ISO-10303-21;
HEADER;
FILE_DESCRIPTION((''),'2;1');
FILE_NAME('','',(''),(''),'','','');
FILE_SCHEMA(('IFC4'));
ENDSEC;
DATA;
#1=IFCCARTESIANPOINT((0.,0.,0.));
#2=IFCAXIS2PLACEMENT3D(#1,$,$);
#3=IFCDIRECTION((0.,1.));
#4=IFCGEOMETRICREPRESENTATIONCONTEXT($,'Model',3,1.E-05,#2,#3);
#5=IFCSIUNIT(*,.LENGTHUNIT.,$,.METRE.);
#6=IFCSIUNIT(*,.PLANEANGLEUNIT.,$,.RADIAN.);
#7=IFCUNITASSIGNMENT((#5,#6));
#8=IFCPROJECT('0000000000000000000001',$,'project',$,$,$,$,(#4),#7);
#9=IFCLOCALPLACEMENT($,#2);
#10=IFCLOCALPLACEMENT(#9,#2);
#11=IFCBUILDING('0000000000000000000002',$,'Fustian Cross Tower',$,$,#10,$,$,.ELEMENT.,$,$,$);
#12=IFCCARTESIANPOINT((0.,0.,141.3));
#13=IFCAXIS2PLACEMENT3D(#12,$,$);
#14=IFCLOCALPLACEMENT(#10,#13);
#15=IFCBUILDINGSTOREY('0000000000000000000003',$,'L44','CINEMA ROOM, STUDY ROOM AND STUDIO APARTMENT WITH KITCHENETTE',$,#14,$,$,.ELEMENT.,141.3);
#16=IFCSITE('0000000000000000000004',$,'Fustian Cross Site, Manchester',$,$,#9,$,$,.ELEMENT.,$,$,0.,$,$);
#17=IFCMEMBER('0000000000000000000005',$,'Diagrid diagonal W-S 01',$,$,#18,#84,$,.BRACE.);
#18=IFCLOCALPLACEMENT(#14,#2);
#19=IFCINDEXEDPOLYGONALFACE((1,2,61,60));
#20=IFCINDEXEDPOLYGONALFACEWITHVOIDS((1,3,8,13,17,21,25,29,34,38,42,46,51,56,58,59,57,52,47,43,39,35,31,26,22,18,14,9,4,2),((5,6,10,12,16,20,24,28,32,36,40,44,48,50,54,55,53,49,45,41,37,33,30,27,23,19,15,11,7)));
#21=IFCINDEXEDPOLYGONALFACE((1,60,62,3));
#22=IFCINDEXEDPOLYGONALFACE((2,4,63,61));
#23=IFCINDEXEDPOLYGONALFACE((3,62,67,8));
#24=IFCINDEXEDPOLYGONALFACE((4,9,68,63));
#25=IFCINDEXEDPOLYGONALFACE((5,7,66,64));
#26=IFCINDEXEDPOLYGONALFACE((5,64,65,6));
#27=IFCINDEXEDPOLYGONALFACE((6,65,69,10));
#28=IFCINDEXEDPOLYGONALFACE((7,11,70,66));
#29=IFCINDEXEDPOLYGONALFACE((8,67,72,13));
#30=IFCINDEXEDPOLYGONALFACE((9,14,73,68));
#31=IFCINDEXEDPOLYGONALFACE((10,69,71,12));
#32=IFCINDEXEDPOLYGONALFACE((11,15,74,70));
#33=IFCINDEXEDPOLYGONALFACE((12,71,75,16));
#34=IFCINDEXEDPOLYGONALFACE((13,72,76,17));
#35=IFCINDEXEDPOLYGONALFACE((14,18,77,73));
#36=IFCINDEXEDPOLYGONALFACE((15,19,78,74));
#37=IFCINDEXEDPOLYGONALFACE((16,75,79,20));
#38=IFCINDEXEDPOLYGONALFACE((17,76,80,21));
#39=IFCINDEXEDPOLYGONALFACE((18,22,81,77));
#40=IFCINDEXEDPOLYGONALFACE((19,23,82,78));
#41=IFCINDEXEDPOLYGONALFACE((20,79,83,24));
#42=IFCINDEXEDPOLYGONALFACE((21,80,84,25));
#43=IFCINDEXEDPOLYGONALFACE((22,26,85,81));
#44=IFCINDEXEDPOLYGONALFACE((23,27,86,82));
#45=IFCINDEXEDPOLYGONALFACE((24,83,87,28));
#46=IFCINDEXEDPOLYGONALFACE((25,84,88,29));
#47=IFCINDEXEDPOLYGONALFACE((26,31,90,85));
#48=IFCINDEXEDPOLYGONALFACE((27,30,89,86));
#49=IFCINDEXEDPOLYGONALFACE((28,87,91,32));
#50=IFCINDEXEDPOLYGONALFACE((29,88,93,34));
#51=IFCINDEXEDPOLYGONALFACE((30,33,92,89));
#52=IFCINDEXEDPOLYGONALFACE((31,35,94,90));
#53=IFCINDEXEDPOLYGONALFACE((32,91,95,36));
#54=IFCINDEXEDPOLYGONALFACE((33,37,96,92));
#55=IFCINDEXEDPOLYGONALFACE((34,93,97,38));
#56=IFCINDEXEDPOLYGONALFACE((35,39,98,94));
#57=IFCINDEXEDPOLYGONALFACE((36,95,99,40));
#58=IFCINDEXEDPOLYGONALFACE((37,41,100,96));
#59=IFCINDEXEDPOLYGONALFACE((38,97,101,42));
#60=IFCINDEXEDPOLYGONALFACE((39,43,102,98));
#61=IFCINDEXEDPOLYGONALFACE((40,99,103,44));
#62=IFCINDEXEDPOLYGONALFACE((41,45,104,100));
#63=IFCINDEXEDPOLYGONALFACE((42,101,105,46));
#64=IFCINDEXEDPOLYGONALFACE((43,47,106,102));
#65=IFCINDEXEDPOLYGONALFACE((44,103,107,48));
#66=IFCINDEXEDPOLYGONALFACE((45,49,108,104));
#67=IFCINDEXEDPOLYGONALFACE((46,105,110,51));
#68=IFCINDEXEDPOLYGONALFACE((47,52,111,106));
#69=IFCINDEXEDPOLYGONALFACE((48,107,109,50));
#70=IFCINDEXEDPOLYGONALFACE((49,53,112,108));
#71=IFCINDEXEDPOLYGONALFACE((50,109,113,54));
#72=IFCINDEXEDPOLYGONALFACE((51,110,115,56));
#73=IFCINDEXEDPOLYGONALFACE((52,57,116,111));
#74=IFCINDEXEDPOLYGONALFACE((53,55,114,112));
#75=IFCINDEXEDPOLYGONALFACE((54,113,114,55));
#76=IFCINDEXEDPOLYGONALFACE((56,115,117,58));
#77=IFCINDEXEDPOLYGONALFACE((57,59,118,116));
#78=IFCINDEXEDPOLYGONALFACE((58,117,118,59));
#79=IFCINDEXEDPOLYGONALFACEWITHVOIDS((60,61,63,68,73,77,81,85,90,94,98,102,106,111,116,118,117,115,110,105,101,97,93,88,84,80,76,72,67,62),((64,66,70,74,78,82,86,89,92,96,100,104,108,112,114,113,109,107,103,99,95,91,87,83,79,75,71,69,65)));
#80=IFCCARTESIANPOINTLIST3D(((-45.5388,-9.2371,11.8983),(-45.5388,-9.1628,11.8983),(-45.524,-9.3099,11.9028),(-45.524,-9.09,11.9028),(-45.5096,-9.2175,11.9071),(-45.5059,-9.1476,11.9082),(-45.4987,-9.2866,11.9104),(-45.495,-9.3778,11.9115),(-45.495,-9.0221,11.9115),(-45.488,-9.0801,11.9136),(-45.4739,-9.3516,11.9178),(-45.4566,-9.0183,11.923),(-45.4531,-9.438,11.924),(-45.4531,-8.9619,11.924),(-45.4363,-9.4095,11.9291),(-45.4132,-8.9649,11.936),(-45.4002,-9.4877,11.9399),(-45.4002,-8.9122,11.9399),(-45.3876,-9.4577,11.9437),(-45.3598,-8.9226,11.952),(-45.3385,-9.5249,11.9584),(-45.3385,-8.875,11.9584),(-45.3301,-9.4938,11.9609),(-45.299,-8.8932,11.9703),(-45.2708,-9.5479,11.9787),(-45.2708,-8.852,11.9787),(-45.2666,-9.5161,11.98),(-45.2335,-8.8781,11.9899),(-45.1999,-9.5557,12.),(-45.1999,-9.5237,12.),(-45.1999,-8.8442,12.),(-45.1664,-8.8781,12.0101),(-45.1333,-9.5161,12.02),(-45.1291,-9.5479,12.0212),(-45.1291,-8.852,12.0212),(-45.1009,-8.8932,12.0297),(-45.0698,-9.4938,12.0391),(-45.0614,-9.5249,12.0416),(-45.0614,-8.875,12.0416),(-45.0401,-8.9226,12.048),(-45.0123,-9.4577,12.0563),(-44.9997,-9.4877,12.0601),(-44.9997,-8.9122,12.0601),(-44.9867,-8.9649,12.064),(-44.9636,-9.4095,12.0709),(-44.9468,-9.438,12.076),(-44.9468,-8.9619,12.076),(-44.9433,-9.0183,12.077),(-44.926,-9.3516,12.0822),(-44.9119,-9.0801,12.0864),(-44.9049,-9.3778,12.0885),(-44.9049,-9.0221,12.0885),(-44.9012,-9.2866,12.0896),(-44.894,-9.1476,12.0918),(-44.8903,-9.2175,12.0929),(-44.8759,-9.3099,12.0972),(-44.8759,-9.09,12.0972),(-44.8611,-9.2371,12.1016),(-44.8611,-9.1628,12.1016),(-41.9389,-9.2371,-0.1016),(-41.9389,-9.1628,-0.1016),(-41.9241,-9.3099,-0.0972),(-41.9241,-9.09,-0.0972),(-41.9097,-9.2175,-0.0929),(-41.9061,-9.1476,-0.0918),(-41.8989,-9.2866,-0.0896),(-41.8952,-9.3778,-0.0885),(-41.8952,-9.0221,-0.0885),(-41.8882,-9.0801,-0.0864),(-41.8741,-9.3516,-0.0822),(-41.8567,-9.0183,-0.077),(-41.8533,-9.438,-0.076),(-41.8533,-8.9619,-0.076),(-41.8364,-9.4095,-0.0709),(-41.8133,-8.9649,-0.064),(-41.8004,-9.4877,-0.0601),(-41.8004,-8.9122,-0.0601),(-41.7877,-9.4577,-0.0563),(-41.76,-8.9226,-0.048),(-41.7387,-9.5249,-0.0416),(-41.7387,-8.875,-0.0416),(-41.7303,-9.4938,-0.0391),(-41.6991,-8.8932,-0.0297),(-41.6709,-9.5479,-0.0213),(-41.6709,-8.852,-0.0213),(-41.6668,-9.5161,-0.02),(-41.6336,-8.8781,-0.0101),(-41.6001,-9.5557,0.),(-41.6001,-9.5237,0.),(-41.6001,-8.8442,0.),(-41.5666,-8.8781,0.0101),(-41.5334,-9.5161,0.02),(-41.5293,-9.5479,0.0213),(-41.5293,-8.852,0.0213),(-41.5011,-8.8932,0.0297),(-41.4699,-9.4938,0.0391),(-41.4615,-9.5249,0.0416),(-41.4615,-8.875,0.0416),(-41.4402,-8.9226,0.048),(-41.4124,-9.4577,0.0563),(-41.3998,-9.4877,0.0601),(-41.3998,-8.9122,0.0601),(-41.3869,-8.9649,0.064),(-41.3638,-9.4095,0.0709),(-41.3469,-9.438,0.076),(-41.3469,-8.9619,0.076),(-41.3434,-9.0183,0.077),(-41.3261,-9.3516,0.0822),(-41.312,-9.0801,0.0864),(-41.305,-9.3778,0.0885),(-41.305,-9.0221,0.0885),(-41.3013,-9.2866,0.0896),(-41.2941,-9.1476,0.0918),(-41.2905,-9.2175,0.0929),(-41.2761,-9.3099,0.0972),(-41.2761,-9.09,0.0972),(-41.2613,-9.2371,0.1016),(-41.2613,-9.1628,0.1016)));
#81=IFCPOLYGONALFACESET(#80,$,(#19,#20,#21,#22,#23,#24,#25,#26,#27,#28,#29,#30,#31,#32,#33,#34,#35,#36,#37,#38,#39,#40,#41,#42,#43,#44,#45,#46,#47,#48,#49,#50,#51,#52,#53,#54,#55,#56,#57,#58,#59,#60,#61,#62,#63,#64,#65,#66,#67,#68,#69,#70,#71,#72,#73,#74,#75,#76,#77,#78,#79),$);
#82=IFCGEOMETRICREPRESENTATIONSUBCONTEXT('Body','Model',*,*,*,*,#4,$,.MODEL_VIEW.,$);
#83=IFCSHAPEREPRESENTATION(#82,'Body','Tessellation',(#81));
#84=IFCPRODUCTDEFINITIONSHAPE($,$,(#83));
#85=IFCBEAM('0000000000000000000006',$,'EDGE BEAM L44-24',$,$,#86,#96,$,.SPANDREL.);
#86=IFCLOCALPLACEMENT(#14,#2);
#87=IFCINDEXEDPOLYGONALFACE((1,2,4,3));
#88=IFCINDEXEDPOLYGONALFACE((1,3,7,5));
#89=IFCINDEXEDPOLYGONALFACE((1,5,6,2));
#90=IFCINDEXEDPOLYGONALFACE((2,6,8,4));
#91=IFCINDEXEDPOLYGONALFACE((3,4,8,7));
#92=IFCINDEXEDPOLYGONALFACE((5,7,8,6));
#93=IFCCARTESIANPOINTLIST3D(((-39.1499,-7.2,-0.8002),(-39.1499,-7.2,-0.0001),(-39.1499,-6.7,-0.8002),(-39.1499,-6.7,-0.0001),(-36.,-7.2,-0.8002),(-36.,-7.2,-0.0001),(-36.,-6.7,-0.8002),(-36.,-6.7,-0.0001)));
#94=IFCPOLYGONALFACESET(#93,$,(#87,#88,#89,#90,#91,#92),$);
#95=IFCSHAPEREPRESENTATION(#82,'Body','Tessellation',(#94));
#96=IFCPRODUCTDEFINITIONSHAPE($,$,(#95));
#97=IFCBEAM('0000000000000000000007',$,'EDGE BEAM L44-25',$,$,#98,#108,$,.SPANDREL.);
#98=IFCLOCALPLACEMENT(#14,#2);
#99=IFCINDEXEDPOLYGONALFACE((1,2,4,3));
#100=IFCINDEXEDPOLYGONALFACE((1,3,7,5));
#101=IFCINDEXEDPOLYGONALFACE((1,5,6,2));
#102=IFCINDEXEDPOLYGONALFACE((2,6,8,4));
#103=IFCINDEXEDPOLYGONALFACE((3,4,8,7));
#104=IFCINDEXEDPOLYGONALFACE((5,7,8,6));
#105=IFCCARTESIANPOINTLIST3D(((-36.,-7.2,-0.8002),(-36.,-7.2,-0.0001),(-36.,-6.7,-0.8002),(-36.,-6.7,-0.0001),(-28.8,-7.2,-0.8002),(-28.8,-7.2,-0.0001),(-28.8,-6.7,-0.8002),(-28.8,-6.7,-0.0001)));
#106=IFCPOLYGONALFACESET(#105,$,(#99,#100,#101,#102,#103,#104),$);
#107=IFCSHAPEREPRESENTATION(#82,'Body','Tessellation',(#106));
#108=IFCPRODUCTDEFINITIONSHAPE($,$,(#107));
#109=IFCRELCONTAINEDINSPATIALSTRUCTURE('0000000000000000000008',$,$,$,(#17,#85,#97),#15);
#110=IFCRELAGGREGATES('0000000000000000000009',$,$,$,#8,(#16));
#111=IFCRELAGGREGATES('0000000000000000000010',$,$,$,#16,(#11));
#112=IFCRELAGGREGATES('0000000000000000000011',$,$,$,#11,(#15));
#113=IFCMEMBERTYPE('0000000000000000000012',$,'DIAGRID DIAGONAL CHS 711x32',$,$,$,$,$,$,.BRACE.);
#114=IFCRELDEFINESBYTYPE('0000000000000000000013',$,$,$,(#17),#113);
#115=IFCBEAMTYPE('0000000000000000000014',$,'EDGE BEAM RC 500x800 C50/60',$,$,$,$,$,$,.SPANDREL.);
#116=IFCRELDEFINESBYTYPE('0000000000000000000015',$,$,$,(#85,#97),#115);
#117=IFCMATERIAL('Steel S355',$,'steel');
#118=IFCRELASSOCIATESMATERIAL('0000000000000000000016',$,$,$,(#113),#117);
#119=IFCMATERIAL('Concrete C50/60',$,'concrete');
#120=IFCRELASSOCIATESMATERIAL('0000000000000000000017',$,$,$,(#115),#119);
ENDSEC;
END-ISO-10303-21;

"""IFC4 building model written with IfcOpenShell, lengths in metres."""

from ifc_helpers import new_model, si_unit, direction, frame, origin, origin_2d, place, context, subcontext, project, spatial, rectangle, hollow_circle, extrude, material, material_profile, profile_set, type_object, element, save


model = new_model("IFC4")

# Units and contexts
model_context = context("Model", 3, precision=1e-05, world=origin(), true_north=direction((0.0, 1.0)))
body_context = subcontext(model_context, "Body", "Model", "MODEL_VIEW")
ifc_project = project(units=[si_unit("LENGTHUNIT", "METRE"), si_unit("PLANEANGLEUNIT", "RADIAN")], contexts=[model_context])

# Site, building, storey
site_placement = place(None, origin())
site = spatial("IfcSite", under=ifc_project, at=site_placement, Name="Fustian Cross Site, Manchester", CompositionType="ELEMENT", RefElevation=0.0)
building_placement = place(site_placement, origin())
building = spatial("IfcBuilding", under=site, at=building_placement, Name="Fustian Cross Tower", CompositionType="ELEMENT")
storey_placement = place(building_placement, frame((0.0, 0.0, 141.3)))
storey = spatial("IfcBuildingStorey", under=building, at=storey_placement, Name="L44", Description="CINEMA ROOM, STUDY ROOM AND STUDIO APARTMENT WITH KITCHENETTE", CompositionType="ELEMENT", Elevation=141.3)

# Member
ifc_material_1 = material(Name="Steel S355", Category="steel")
ifc_material_profile_1 = material_profile(ifc_material_1, hollow_circle(Radius=0.3557, WallThickness=0.032, at=origin_2d()), Name="CHS 711x32")
ifc_profile_set_1 = profile_set([ifc_material_profile_1], Name="Steel S355")
member_type_1 = type_object("IfcMemberType", Name="DIAGRID DIAGONAL CHS 711x32", PredefinedType="BRACE", material=ifc_profile_set_1)
member_1_placement = place(storey_placement, frame((-41.6001, -9.2, 0.0), z_axis=(-0.287337, 0.0, 0.95783), x_axis=(0.0, -1.0, 0.0)))
element("IfcMember", 1, at=member_1_placement, inside=storey, type_object=member_type_1, Name="Diagrid diagonal W-S 01", PredefinedType="BRACE", context=body_context, shape_type="SweptSolid", body=[
    extrude(hollow_circle(Radius=0.3557, WallThickness=0.032, at=origin_2d()), origin(), (0.0, 0.0, 1.0), 12.5283),
])

# Beams
ifc_material_2 = material(Name="Concrete C50/60", Category="concrete")
ifc_material_profile_2 = material_profile(ifc_material_2, rectangle(XDim=0.5, YDim=0.8, at=origin_2d()), Name="RC 500x800")
ifc_profile_set_2 = profile_set([ifc_material_profile_2], Name="Concrete C50/60")
beam_type = type_object("IfcBeamType", Name="EDGE BEAM RC 500x800 C50/60", PredefinedType="SPANDREL", material=ifc_profile_set_2)
beam_1_placement = place(storey_placement, frame((-39.1499, -6.95, -0.4001), z_axis=(1.0, 0.0, 0.0), x_axis=(0.0, 1.0, 0.0)))
element("IfcBeam", 2, at=beam_1_placement, inside=storey, type_object=beam_type, Name="EDGE BEAM L44-24", PredefinedType="SPANDREL", context=body_context, shape_type="SweptSolid", body=[
    extrude(rectangle(XDim=0.5, YDim=0.8, at=origin_2d()), origin(), (0.0, 0.0, 1.0), 3.1499),
])
beam_2_placement = place(storey_placement, frame((-36.0, -6.95, -0.4001), z_axis=(1.0, 0.0, 0.0), x_axis=(0.0, 1.0, 0.0)))
element("IfcBeam", 3, at=beam_2_placement, inside=storey, type_object=beam_type, Name="EDGE BEAM L44-25", PredefinedType="SPANDREL", context=body_context, shape_type="SweptSolid", body=[
    extrude(rectangle(XDim=0.5, YDim=0.8, at=origin_2d()), origin(), (0.0, 0.0, 1.0), 7.2),
])

save(model, "model.ifc")
